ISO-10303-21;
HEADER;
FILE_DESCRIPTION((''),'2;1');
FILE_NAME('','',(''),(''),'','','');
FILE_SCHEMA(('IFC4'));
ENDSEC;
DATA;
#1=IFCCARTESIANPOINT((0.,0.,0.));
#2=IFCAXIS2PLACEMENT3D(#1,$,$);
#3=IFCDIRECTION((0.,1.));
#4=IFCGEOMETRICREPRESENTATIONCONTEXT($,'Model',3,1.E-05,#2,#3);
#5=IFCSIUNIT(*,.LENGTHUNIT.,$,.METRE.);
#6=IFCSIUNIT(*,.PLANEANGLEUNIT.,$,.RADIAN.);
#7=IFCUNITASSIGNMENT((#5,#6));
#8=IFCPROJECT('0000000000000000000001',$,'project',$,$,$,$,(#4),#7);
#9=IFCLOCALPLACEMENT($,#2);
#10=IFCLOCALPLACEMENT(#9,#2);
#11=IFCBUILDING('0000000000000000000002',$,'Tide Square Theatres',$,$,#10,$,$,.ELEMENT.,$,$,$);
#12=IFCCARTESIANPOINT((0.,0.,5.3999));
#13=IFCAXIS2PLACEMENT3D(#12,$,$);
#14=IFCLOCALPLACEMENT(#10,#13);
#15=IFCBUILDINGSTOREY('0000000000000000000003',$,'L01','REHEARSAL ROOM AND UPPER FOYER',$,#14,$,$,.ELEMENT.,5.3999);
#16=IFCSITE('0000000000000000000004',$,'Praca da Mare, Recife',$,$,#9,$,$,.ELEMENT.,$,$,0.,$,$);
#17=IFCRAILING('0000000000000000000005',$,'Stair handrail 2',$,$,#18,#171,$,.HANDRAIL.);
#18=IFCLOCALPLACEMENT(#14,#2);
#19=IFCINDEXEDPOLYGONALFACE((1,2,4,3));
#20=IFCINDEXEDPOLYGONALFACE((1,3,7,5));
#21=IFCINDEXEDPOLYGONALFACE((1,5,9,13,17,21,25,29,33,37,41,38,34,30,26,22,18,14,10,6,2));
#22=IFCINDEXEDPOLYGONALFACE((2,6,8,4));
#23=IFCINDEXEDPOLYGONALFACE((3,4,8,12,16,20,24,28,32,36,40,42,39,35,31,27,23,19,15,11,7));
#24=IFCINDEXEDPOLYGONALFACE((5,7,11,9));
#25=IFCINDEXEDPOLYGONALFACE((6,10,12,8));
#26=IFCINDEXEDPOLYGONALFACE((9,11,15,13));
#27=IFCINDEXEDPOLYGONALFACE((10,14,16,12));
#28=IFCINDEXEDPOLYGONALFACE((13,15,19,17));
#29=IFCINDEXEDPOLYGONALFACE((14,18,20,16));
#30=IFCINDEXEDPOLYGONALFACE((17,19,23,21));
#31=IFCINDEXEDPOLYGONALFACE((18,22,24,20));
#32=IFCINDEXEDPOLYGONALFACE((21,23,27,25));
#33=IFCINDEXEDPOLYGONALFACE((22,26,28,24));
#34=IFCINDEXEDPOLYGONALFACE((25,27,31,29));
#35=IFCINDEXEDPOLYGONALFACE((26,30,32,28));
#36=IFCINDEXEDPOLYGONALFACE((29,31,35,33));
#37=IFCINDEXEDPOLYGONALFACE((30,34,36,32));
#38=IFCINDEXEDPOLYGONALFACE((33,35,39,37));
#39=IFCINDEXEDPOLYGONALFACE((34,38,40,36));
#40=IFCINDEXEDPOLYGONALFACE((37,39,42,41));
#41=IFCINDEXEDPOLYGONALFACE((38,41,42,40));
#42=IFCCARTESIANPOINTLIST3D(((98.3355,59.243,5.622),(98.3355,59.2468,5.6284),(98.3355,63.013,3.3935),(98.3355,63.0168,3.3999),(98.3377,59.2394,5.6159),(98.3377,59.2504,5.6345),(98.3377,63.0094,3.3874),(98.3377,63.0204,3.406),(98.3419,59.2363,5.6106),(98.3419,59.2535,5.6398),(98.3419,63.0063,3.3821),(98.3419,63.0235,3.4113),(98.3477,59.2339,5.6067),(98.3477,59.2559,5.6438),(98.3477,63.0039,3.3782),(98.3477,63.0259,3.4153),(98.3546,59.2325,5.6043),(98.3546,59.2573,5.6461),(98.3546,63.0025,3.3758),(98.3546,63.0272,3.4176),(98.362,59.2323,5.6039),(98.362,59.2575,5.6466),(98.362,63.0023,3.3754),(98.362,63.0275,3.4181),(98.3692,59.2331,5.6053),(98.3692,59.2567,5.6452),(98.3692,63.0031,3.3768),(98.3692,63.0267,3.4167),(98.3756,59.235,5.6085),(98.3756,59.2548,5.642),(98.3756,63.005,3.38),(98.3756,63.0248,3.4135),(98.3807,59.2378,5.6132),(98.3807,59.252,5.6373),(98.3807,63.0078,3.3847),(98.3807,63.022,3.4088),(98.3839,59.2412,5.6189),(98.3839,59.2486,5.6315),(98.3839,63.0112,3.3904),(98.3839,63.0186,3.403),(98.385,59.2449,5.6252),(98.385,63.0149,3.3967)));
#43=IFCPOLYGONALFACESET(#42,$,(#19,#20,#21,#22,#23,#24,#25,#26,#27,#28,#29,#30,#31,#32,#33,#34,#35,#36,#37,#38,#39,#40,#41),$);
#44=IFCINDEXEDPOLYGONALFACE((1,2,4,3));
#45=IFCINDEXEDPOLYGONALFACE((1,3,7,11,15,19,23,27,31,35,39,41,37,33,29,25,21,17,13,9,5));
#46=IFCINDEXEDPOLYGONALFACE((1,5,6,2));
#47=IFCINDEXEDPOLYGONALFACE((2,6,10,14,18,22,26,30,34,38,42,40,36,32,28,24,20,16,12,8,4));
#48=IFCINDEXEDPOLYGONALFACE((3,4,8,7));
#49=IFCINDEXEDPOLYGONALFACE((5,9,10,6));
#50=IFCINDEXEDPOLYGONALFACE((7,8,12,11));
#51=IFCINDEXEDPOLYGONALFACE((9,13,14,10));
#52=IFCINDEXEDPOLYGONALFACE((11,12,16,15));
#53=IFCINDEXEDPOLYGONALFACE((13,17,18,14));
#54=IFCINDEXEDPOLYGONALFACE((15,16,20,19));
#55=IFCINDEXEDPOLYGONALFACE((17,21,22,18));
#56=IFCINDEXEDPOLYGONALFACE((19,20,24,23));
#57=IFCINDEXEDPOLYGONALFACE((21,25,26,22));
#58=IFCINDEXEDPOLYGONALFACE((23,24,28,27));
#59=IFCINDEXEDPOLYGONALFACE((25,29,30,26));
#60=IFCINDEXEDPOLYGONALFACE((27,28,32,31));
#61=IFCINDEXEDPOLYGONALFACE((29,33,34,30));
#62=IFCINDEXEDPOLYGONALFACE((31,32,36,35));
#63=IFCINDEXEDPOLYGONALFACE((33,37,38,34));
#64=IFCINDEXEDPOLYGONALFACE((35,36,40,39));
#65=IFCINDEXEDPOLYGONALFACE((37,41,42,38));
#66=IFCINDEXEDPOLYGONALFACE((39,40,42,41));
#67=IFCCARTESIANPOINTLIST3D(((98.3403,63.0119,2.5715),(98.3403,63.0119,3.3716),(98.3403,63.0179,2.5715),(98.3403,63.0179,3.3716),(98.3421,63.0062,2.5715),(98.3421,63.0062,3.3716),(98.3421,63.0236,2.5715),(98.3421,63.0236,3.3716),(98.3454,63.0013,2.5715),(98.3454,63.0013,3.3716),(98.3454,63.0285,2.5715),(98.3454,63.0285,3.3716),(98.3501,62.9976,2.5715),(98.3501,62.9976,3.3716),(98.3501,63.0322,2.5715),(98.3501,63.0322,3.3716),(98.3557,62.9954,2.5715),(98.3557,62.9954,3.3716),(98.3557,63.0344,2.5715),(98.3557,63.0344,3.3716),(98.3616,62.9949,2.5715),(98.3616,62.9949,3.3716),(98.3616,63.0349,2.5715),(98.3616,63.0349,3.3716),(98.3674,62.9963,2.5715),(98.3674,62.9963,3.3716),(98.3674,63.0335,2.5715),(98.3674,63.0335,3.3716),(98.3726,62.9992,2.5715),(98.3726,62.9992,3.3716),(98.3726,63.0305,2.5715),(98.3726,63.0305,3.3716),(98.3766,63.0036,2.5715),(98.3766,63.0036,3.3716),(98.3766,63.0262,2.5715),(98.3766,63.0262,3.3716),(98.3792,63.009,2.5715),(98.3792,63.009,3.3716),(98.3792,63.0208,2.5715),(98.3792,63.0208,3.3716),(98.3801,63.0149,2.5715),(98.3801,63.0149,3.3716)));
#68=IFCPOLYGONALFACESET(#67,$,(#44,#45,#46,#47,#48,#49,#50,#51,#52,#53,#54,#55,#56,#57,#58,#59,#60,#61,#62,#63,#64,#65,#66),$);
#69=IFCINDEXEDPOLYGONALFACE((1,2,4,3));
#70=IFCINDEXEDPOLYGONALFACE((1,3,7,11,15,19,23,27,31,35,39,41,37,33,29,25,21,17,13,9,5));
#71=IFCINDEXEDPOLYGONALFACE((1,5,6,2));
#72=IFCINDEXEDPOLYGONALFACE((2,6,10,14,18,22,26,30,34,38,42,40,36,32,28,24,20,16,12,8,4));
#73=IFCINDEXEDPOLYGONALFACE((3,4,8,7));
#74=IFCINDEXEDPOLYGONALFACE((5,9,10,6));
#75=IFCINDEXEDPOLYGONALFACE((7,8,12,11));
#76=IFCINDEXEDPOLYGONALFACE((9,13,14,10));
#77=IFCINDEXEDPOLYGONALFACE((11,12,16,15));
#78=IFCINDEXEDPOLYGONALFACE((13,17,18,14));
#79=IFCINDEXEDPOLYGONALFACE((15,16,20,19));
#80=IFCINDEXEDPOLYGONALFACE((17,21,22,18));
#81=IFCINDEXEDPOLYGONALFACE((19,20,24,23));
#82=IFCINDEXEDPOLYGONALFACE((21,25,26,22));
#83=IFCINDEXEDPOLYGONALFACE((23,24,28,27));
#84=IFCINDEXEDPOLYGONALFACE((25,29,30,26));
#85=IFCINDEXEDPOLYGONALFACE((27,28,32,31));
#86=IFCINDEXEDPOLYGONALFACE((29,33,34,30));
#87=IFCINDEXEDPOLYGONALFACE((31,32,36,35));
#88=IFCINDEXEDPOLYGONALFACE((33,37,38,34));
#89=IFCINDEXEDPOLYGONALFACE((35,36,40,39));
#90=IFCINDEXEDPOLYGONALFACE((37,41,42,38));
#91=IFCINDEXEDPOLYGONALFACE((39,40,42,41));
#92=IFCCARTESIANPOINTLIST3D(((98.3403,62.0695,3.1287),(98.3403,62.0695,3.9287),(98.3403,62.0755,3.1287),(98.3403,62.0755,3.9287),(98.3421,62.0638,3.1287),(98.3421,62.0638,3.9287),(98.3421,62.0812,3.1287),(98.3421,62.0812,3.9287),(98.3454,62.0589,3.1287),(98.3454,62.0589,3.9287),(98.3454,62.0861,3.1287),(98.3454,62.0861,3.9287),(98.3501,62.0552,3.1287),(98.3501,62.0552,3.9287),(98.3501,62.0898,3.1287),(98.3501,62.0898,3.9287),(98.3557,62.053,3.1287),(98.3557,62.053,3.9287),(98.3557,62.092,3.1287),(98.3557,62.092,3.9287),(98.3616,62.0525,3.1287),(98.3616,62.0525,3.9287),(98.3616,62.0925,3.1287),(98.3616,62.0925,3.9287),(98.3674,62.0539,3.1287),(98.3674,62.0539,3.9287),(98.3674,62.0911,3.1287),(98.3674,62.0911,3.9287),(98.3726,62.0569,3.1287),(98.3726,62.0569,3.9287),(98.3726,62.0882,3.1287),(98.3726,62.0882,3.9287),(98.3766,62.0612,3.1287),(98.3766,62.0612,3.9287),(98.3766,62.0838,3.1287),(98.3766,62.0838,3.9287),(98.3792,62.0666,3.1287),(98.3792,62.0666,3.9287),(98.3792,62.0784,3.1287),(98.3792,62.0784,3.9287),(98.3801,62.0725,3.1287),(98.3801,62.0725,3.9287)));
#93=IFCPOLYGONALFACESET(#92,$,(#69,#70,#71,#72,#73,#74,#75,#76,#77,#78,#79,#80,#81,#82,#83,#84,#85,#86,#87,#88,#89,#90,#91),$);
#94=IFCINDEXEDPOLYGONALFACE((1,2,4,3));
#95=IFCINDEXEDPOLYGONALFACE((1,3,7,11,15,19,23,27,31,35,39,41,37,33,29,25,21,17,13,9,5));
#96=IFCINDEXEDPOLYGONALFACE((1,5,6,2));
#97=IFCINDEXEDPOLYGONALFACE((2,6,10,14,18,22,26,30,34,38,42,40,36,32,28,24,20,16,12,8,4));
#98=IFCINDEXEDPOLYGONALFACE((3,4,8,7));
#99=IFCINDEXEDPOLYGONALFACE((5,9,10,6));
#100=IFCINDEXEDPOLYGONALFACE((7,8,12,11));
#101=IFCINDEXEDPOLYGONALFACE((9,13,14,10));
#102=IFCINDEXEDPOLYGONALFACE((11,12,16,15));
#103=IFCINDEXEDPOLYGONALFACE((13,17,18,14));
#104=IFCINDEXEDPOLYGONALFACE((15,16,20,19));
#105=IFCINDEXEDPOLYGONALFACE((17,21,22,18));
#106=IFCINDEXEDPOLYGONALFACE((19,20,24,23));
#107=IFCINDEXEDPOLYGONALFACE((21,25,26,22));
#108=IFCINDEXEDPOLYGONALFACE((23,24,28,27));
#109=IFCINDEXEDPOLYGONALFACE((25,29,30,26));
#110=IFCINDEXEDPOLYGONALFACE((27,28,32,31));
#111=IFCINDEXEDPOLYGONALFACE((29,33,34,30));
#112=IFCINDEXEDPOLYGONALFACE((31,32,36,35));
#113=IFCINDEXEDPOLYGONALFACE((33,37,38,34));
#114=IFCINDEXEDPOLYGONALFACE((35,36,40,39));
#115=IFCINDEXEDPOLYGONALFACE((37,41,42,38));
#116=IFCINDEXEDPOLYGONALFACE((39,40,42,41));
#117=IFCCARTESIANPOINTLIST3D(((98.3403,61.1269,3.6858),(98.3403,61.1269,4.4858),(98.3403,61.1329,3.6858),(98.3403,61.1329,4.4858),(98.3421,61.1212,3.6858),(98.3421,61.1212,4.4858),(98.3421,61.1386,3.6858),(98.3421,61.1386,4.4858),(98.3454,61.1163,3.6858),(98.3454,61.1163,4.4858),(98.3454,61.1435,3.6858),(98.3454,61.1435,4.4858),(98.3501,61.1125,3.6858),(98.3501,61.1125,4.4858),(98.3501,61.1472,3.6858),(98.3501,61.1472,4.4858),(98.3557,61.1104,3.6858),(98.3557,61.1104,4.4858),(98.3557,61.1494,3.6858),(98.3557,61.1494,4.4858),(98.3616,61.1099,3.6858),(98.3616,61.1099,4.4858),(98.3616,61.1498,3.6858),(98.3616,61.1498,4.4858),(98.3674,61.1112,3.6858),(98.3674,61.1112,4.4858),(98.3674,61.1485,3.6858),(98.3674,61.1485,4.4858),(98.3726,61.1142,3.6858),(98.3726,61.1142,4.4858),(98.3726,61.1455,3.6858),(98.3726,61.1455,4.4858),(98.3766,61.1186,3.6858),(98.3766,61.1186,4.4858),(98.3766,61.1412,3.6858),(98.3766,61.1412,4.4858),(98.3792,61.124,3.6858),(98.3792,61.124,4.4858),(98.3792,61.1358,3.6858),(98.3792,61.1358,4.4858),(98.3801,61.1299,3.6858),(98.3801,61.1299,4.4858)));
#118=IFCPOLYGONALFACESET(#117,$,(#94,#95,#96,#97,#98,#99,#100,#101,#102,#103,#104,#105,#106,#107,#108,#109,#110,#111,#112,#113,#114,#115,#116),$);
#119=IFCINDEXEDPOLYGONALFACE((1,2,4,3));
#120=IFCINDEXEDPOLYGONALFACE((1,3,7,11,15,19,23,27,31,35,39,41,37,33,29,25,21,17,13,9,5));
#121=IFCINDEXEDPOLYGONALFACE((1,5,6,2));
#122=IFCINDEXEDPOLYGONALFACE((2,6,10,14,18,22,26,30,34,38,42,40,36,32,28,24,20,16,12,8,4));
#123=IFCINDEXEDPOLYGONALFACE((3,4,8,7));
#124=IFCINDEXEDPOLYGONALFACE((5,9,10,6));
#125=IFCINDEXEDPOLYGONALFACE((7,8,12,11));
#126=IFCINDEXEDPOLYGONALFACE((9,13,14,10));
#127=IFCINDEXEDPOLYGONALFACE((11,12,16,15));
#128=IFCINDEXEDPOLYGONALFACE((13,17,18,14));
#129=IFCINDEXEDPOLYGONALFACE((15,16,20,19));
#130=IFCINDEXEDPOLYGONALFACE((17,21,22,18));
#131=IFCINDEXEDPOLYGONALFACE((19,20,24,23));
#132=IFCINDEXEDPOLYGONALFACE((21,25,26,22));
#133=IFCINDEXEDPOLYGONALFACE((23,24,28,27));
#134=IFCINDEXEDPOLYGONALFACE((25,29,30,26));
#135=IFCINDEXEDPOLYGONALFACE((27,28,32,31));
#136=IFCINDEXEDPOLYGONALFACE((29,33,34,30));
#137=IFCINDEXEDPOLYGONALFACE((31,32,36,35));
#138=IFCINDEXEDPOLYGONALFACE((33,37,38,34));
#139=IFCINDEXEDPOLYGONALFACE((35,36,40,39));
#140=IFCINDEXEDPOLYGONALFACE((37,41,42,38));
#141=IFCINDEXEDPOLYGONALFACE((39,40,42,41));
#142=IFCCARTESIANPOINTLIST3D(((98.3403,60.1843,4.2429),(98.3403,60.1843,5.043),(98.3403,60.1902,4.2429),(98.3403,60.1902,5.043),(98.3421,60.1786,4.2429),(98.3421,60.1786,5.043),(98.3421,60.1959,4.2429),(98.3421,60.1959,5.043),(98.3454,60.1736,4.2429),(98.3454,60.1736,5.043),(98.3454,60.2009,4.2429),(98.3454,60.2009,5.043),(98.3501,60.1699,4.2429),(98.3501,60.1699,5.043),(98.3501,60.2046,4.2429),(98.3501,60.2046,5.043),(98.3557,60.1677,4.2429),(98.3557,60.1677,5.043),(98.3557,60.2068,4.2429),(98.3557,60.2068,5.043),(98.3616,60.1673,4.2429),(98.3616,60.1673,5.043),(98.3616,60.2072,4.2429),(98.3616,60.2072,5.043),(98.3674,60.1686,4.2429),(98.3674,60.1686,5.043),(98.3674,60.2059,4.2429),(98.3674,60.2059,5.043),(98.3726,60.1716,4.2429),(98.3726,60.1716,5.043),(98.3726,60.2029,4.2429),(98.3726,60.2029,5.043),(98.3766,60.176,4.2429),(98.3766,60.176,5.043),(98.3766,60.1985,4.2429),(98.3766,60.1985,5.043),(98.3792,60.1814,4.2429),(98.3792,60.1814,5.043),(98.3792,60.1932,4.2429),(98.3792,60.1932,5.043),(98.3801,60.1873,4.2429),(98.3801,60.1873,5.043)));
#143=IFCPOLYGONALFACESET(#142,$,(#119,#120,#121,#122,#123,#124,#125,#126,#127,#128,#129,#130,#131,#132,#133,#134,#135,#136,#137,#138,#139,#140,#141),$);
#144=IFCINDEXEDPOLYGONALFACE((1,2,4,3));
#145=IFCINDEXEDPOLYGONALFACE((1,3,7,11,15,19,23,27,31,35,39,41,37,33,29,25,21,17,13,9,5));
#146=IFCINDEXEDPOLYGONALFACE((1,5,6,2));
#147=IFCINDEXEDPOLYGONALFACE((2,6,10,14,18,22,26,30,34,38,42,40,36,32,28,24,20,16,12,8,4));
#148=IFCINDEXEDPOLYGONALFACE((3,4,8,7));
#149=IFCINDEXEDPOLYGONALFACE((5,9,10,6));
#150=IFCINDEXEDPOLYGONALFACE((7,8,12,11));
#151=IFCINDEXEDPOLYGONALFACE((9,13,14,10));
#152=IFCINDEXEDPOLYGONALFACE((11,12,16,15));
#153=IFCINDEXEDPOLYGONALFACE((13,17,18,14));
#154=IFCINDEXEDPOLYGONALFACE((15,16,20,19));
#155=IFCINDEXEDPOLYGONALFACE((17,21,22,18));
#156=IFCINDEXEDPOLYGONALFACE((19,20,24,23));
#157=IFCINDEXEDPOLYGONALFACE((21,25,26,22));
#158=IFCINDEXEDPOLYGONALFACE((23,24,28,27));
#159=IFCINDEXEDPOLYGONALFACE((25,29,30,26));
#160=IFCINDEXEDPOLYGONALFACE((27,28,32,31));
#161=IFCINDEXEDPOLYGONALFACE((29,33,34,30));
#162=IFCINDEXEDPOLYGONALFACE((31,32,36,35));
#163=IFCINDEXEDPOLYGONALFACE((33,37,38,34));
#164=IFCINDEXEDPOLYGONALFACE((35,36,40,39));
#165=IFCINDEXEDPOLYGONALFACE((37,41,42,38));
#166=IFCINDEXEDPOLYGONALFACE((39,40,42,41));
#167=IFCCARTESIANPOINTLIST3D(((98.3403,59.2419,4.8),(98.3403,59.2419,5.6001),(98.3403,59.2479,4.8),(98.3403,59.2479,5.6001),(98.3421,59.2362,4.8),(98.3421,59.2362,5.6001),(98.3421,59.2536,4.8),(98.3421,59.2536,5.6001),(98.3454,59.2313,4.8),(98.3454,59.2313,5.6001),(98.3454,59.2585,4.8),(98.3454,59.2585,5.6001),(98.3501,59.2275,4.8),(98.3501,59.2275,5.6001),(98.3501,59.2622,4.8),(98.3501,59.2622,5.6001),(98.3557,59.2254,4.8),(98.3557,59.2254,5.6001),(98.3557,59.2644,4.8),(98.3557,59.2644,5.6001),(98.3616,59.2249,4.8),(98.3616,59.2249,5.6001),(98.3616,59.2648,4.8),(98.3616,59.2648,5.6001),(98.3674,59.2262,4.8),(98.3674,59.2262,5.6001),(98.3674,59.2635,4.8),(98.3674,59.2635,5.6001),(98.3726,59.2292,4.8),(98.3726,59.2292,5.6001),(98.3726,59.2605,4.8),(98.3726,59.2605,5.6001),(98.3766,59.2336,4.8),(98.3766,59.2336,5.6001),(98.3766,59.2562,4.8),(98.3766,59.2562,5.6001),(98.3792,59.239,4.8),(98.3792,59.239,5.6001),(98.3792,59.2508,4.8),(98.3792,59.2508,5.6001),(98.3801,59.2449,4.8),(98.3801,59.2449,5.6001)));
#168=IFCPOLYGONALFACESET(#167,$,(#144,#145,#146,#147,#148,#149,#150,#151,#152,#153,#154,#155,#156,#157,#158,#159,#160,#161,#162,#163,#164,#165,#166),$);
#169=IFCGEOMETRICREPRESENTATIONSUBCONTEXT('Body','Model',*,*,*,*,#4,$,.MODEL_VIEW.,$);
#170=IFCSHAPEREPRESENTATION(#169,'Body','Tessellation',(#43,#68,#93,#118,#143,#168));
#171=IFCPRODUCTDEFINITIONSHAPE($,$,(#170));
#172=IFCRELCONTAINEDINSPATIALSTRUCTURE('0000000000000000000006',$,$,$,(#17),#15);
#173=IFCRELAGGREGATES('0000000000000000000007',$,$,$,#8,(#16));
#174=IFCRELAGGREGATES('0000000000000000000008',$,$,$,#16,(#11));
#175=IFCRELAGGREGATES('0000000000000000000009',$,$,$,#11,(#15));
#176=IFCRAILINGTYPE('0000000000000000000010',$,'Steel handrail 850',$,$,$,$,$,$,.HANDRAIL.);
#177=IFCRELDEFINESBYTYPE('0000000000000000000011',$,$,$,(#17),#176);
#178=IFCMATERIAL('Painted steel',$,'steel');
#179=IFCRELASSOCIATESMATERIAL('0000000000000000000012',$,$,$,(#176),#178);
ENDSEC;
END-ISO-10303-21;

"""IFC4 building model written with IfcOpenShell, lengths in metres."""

from ifc_helpers import new_model, si_unit, direction, frame, origin, origin_2d, place, context, subcontext, project, spatial, circle, extrude, material, type_object, element, save


model = new_model("IFC4")

# Units and contexts
model_context = context("Model", 3, precision=1e-05, world=origin(), true_north=direction((0.0, 1.0)))
body_context = subcontext(model_context, "Body", "Model", "MODEL_VIEW")
ifc_project = project(units=[si_unit("LENGTHUNIT", "METRE"), si_unit("PLANEANGLEUNIT", "RADIAN")], contexts=[model_context])

# Site, building, storey
site_placement = place(None, origin())
site = spatial("IfcSite", under=ifc_project, at=site_placement, Name="Praca da Mare, Recife", CompositionType="ELEMENT", RefElevation=0.0)
building_placement = place(site_placement, origin())
building = spatial("IfcBuilding", under=site, at=building_placement, Name="Tide Square Theatres", CompositionType="ELEMENT")
storey_placement = place(building_placement, frame((0.0, 0.0, 5.3999)))
storey = spatial("IfcBuildingStorey", under=building, at=storey_placement, Name="L01", Description="REHEARSAL ROOM AND UPPER FOYER", CompositionType="ELEMENT", Elevation=5.3999)

# Railing
ifc_material_1 = material(Name="Painted steel", Category="steel")
railing_type = type_object("IfcRailingType", Name="Steel handrail 850", PredefinedType="HANDRAIL", material=ifc_material_1)
for number, where, name in (
    (1, (98.3601, 63.0149, 2.5715), "Stair handrail 2"),
):
    element("IfcRailing", number, at=place(storey_placement, frame(where)), inside=storey, type_object=railing_type, Name=name, PredefinedType="HANDRAIL", context=body_context, shape_type="SweptSolid", body=[
        extrude(circle(Radius=0.0249, at=origin_2d()), frame((0.0, 0.0, 0.8252), z_axis=(0.0, -0.860849, 0.508861), x_axis=(1.0, 0.0, 0.0)), (0.0, 0.0, 1.0), 4.3794),
        extrude(circle(Radius=0.02, at=origin_2d()), origin(), (0.0, 0.0, 1.0), 0.8),
        extrude(circle(Radius=0.02, at=origin_2d()), frame((0.0, -0.9424, 0.5571)), (0.0, 0.0, 1.0), 0.8),
        extrude(circle(Radius=0.02, at=origin_2d()), frame((0.0, -1.885, 1.1143)), (0.0, 0.0, 1.0), 0.8),
        extrude(circle(Radius=0.02, at=origin_2d()), frame((0.0, -2.8276, 1.6714)), (0.0, 0.0, 1.0), 0.8),
        extrude(circle(Radius=0.02, at=origin_2d()), frame((0.0, -3.77, 2.2285)), (0.0, 0.0, 1.0), 0.8),
    ])

save(model, "model.ifc")
